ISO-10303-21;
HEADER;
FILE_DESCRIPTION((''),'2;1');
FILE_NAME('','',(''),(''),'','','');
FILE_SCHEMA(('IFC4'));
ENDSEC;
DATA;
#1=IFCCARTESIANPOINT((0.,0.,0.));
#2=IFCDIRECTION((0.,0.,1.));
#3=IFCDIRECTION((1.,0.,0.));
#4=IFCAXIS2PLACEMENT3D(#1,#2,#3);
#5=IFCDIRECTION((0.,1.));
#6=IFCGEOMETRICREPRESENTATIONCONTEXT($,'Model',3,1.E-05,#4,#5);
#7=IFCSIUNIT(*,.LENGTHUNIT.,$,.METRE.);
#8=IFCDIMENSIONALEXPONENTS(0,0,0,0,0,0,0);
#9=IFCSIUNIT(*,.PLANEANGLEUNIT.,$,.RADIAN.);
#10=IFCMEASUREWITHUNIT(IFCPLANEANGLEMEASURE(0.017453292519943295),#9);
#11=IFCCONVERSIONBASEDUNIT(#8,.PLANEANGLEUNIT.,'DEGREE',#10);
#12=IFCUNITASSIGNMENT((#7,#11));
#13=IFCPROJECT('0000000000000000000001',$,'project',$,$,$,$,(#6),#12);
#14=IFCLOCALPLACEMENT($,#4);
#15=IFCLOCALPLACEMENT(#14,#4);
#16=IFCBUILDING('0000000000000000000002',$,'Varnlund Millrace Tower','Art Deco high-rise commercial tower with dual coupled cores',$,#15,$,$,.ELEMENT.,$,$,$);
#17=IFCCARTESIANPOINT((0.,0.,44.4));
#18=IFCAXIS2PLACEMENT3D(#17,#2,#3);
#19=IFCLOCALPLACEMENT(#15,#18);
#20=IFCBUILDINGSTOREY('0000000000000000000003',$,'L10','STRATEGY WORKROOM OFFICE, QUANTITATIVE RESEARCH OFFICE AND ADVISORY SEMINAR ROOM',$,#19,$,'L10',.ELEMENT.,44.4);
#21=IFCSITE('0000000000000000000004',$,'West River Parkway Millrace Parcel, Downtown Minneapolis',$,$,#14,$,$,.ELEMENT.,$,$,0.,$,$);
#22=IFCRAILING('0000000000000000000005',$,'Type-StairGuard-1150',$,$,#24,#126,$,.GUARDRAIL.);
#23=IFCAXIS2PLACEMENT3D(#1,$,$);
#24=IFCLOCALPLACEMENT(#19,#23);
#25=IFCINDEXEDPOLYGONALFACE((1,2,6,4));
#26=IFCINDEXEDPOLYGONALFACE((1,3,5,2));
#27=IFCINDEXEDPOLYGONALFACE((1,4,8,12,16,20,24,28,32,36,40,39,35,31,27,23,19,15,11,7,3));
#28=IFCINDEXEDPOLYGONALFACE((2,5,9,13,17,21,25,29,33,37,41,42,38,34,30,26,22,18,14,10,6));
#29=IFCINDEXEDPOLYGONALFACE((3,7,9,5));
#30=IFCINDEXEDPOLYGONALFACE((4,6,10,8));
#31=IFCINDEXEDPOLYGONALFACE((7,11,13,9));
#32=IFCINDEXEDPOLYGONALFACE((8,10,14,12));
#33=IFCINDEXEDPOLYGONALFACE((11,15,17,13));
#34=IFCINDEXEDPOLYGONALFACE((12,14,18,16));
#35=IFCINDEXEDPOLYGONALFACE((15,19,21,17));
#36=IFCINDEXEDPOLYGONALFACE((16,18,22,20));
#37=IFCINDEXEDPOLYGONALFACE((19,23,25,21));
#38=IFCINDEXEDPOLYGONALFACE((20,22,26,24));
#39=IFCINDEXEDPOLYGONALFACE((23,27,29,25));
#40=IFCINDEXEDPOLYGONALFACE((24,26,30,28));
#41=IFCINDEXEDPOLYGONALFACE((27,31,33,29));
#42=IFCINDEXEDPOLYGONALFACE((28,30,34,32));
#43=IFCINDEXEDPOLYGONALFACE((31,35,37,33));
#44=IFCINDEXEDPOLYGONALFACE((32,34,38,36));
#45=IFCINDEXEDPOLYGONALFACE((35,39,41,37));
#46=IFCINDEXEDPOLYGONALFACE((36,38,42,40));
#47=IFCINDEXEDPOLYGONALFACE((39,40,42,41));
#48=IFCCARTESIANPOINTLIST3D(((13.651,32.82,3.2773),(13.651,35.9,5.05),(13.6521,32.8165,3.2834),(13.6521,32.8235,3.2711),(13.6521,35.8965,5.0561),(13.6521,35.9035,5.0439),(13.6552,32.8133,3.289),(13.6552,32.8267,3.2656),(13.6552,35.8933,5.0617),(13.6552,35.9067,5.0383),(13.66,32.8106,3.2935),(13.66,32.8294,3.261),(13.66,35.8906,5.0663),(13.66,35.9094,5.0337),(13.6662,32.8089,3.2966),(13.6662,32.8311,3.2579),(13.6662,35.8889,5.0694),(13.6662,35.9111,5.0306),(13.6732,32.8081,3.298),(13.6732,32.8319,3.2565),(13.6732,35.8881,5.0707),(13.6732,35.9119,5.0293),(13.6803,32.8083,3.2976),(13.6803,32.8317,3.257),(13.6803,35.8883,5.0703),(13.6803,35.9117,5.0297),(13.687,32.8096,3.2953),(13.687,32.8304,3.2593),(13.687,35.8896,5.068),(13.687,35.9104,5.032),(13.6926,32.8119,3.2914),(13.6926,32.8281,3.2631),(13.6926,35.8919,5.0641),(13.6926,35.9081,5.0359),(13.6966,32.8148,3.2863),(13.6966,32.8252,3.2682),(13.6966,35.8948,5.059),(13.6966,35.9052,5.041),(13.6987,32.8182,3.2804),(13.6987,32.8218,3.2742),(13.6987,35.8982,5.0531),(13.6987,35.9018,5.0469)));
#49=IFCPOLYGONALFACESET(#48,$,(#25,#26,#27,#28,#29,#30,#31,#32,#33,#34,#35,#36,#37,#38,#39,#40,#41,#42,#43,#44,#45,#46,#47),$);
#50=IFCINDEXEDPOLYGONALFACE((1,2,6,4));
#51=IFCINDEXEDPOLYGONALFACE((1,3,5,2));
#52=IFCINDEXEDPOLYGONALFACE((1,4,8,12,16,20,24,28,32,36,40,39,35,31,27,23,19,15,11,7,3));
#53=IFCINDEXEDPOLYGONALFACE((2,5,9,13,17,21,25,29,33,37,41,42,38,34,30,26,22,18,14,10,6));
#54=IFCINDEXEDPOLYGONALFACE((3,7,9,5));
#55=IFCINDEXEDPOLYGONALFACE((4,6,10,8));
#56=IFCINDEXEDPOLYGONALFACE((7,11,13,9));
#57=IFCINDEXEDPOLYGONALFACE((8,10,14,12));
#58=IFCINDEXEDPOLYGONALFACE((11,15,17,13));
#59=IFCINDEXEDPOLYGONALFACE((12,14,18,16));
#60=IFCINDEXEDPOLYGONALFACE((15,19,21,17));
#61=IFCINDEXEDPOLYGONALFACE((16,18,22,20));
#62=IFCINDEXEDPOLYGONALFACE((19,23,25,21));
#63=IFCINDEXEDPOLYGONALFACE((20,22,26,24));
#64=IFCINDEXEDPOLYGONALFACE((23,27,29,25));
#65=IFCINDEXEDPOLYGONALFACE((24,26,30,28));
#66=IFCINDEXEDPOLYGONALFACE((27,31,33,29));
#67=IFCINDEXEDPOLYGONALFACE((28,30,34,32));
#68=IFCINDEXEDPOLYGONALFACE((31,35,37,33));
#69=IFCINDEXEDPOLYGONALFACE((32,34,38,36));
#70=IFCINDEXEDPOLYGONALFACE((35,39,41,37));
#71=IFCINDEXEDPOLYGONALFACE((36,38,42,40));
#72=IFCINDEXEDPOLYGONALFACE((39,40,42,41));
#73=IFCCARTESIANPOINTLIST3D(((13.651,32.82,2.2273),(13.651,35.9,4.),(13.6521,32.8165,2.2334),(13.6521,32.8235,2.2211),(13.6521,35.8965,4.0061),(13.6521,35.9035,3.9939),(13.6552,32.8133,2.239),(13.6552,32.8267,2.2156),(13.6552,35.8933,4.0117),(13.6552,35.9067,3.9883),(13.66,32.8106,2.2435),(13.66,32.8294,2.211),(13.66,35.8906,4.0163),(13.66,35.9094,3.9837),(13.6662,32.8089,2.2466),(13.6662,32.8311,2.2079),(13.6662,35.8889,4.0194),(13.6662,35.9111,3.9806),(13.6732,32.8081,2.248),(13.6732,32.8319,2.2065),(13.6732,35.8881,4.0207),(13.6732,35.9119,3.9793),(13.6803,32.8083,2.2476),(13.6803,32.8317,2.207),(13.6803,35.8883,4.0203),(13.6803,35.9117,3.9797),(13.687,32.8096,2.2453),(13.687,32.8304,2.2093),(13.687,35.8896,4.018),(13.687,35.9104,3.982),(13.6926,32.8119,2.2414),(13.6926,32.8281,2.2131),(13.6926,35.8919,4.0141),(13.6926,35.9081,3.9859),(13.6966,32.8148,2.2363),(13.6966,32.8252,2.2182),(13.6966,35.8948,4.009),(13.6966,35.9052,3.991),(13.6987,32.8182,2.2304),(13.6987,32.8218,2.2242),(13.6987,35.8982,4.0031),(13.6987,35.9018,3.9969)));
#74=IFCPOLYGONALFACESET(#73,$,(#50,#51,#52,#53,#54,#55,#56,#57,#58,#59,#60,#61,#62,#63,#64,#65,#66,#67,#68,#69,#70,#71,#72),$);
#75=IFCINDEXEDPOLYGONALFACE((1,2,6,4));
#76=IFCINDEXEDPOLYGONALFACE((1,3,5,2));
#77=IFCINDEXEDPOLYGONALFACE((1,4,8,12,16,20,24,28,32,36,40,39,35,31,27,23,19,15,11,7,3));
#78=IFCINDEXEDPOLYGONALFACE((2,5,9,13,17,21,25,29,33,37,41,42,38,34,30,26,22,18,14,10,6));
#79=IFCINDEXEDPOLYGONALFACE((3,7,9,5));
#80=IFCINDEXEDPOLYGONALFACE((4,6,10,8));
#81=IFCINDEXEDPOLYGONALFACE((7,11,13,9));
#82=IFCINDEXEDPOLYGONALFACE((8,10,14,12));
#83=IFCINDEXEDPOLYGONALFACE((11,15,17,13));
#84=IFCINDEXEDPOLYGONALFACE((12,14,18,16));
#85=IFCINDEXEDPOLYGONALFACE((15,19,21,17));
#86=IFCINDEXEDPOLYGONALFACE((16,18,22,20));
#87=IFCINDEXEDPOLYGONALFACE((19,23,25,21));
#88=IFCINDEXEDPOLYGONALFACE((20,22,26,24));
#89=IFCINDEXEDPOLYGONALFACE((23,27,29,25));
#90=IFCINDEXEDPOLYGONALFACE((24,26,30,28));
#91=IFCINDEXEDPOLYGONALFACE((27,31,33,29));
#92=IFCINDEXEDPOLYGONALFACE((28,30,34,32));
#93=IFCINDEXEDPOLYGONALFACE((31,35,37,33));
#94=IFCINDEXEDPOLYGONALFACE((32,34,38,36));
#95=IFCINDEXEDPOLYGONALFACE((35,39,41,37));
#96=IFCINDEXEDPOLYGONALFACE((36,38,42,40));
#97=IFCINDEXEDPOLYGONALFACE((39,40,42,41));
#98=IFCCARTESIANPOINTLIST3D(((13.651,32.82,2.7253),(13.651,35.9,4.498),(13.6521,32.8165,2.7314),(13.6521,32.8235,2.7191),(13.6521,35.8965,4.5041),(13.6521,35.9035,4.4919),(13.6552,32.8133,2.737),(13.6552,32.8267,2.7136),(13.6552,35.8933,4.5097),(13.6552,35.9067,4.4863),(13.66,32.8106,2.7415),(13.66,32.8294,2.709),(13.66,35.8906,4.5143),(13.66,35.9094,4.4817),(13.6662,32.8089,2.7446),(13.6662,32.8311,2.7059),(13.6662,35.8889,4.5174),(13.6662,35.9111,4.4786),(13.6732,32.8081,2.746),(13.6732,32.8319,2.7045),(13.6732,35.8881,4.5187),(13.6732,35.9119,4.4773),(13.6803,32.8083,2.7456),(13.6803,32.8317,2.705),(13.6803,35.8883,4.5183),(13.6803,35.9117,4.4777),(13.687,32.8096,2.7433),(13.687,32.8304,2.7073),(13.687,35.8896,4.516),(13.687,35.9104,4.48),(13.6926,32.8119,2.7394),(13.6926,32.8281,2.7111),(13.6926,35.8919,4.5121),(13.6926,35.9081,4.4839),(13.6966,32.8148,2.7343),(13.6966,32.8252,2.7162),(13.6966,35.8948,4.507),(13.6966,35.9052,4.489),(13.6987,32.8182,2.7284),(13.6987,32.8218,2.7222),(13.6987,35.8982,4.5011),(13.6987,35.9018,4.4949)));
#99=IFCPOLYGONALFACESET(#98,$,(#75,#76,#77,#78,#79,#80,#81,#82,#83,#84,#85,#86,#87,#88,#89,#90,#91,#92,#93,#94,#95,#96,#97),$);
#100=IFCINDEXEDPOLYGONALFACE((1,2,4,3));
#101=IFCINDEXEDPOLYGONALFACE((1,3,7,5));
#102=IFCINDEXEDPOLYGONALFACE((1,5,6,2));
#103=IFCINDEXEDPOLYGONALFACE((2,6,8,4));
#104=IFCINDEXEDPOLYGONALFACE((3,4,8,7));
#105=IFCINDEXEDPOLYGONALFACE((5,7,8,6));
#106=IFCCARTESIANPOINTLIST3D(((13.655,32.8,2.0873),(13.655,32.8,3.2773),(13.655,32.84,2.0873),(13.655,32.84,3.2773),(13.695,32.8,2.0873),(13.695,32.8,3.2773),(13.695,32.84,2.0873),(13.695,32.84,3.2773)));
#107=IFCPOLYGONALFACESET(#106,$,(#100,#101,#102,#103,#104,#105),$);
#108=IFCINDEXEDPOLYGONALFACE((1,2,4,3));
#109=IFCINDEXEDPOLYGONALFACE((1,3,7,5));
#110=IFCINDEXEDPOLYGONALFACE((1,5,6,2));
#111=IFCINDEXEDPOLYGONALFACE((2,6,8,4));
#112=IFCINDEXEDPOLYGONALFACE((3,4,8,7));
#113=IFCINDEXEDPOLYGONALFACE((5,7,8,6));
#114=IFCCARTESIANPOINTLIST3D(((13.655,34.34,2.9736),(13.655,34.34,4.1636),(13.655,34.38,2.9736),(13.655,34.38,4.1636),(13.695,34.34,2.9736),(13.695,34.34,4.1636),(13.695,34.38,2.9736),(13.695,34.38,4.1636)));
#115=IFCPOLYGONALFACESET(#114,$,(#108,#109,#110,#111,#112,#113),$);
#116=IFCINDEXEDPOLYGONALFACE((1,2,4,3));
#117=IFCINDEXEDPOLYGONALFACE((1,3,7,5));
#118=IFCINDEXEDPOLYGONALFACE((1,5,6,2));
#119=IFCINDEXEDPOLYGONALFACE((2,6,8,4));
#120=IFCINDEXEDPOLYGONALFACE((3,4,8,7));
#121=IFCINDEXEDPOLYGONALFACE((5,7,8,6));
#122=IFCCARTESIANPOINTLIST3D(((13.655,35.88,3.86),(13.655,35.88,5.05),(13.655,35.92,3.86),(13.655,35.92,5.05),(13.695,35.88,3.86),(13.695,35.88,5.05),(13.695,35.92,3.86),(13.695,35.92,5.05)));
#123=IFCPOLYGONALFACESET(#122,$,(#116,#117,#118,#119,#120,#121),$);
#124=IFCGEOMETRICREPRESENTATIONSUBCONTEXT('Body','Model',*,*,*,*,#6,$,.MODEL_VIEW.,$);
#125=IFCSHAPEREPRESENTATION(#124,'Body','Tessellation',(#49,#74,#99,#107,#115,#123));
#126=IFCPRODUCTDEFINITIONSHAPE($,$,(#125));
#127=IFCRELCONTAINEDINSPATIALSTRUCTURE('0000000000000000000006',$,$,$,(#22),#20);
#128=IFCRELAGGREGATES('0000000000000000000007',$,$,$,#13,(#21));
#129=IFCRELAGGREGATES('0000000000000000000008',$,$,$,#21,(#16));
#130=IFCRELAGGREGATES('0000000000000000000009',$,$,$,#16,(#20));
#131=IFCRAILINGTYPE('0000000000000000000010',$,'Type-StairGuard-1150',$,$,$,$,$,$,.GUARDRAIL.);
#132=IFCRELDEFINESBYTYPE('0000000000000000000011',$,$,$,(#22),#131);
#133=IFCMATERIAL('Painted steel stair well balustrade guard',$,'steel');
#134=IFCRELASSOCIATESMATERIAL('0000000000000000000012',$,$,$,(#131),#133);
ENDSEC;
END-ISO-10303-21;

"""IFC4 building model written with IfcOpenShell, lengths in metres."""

from ifc_helpers import new_model, entity, si_unit, converted_unit, direction, frame, origin_with_axes, origin_2d_with_axis, place, context, subcontext, project, spatial, rectangle, circle, extrude, material, type_object, element, save


model = new_model("IFC4")

# Units and contexts
model_context = context("Model", 3, precision=1e-05, world=origin_with_axes(), true_north=direction((0.0, 1.0)))
body_context = subcontext(model_context, "Body", "Model", "MODEL_VIEW")
ifc_project = project(units=[si_unit("LENGTHUNIT", "METRE"), converted_unit("PLANEANGLEUNIT", "DEGREE", entity("IfcPlaneAngleMeasure", 0.017453292519943295), si_unit("PLANEANGLEUNIT", "RADIAN"), dimensions=[0, 0, 0, 0, 0, 0, 0])], contexts=[model_context])

# Site, building, storey
site_placement = place(None, origin_with_axes())
site = spatial("IfcSite", under=ifc_project, at=site_placement, Name="West River Parkway Millrace Parcel, Downtown Minneapolis", CompositionType="ELEMENT", RefElevation=0.0)
building_placement = place(site_placement, origin_with_axes())
building = spatial("IfcBuilding", under=site, at=building_placement, Name="Varnlund Millrace Tower", Description="Art Deco high-rise commercial tower with dual coupled cores", CompositionType="ELEMENT")
storey_placement = place(building_placement, frame((0.0, 0.0, 44.4), z_axis=(0.0, 0.0, 1.0), x_axis=(1.0, 0.0, 0.0)))
storey = spatial("IfcBuildingStorey", under=building, at=storey_placement, Name="L10", Description="STRATEGY WORKROOM OFFICE, QUANTITATIVE RESEARCH OFFICE AND ADVISORY SEMINAR ROOM", LongName="L10", CompositionType="ELEMENT", Elevation=44.4)

# Railing
ifc_material_1 = material(Name="Painted steel stair well balustrade guard", Category="steel")
railing_type_1 = type_object("IfcRailingType", Name="Type-StairGuard-1150", PredefinedType="GUARDRAIL", material=ifc_material_1)
railing_1_placement = place(storey_placement, frame((0.0, 0.0, -44.4), z_axis=(0.0, 0.0, 1.0), x_axis=(1.0, 0.0, 0.0)))
element("IfcRailing", 1, at=railing_1_placement, inside=storey, type_object=railing_type_1, Name="Type-StairGuard-1150", PredefinedType="GUARDRAIL", context=body_context, shape_type="SweptSolid", body=[
    extrude(circle(Radius=0.024, at=origin_2d_with_axis()), frame((13.675, 32.82, 47.6773), z_axis=(0.0, 0.866696, 0.498836), x_axis=(-1.0, 0.0, 0.0)), (0.0, 0.0, 1.0), 3.5537),
    extrude(circle(Radius=0.024, at=origin_2d_with_axis()), frame((13.675, 32.82, 46.6273), z_axis=(0.0, 0.866696, 0.498836), x_axis=(-1.0, 0.0, 0.0)), (0.0, 0.0, 1.0), 3.5537),
    extrude(circle(Radius=0.024, at=origin_2d_with_axis()), frame((13.675, 32.82, 47.1253), z_axis=(0.0, 0.866696, 0.498836), x_axis=(-1.0, 0.0, 0.0)), (0.0, 0.0, 1.0), 3.5537),
    extrude(rectangle(XDim=0.04, YDim=0.04, at=origin_2d_with_axis()), frame((13.675, 32.82, 46.4873), z_axis=(0.0, 0.0, 1.0), x_axis=(1.0, 0.0, 0.0)), (0.0, 0.0, 1.0), 1.19),
    extrude(rectangle(XDim=0.04, YDim=0.04, at=origin_2d_with_axis()), frame((13.675, 34.36, 47.3736), z_axis=(0.0, 0.0, 1.0), x_axis=(1.0, 0.0, 0.0)), (0.0, 0.0, 1.0), 1.19),
    extrude(rectangle(XDim=0.04, YDim=0.04, at=origin_2d_with_axis()), frame((13.675, 35.9, 48.26), z_axis=(0.0, 0.0, 1.0), x_axis=(1.0, 0.0, 0.0)), (0.0, 0.0, 1.0), 1.19),
])

save(model, "model.ifc")
